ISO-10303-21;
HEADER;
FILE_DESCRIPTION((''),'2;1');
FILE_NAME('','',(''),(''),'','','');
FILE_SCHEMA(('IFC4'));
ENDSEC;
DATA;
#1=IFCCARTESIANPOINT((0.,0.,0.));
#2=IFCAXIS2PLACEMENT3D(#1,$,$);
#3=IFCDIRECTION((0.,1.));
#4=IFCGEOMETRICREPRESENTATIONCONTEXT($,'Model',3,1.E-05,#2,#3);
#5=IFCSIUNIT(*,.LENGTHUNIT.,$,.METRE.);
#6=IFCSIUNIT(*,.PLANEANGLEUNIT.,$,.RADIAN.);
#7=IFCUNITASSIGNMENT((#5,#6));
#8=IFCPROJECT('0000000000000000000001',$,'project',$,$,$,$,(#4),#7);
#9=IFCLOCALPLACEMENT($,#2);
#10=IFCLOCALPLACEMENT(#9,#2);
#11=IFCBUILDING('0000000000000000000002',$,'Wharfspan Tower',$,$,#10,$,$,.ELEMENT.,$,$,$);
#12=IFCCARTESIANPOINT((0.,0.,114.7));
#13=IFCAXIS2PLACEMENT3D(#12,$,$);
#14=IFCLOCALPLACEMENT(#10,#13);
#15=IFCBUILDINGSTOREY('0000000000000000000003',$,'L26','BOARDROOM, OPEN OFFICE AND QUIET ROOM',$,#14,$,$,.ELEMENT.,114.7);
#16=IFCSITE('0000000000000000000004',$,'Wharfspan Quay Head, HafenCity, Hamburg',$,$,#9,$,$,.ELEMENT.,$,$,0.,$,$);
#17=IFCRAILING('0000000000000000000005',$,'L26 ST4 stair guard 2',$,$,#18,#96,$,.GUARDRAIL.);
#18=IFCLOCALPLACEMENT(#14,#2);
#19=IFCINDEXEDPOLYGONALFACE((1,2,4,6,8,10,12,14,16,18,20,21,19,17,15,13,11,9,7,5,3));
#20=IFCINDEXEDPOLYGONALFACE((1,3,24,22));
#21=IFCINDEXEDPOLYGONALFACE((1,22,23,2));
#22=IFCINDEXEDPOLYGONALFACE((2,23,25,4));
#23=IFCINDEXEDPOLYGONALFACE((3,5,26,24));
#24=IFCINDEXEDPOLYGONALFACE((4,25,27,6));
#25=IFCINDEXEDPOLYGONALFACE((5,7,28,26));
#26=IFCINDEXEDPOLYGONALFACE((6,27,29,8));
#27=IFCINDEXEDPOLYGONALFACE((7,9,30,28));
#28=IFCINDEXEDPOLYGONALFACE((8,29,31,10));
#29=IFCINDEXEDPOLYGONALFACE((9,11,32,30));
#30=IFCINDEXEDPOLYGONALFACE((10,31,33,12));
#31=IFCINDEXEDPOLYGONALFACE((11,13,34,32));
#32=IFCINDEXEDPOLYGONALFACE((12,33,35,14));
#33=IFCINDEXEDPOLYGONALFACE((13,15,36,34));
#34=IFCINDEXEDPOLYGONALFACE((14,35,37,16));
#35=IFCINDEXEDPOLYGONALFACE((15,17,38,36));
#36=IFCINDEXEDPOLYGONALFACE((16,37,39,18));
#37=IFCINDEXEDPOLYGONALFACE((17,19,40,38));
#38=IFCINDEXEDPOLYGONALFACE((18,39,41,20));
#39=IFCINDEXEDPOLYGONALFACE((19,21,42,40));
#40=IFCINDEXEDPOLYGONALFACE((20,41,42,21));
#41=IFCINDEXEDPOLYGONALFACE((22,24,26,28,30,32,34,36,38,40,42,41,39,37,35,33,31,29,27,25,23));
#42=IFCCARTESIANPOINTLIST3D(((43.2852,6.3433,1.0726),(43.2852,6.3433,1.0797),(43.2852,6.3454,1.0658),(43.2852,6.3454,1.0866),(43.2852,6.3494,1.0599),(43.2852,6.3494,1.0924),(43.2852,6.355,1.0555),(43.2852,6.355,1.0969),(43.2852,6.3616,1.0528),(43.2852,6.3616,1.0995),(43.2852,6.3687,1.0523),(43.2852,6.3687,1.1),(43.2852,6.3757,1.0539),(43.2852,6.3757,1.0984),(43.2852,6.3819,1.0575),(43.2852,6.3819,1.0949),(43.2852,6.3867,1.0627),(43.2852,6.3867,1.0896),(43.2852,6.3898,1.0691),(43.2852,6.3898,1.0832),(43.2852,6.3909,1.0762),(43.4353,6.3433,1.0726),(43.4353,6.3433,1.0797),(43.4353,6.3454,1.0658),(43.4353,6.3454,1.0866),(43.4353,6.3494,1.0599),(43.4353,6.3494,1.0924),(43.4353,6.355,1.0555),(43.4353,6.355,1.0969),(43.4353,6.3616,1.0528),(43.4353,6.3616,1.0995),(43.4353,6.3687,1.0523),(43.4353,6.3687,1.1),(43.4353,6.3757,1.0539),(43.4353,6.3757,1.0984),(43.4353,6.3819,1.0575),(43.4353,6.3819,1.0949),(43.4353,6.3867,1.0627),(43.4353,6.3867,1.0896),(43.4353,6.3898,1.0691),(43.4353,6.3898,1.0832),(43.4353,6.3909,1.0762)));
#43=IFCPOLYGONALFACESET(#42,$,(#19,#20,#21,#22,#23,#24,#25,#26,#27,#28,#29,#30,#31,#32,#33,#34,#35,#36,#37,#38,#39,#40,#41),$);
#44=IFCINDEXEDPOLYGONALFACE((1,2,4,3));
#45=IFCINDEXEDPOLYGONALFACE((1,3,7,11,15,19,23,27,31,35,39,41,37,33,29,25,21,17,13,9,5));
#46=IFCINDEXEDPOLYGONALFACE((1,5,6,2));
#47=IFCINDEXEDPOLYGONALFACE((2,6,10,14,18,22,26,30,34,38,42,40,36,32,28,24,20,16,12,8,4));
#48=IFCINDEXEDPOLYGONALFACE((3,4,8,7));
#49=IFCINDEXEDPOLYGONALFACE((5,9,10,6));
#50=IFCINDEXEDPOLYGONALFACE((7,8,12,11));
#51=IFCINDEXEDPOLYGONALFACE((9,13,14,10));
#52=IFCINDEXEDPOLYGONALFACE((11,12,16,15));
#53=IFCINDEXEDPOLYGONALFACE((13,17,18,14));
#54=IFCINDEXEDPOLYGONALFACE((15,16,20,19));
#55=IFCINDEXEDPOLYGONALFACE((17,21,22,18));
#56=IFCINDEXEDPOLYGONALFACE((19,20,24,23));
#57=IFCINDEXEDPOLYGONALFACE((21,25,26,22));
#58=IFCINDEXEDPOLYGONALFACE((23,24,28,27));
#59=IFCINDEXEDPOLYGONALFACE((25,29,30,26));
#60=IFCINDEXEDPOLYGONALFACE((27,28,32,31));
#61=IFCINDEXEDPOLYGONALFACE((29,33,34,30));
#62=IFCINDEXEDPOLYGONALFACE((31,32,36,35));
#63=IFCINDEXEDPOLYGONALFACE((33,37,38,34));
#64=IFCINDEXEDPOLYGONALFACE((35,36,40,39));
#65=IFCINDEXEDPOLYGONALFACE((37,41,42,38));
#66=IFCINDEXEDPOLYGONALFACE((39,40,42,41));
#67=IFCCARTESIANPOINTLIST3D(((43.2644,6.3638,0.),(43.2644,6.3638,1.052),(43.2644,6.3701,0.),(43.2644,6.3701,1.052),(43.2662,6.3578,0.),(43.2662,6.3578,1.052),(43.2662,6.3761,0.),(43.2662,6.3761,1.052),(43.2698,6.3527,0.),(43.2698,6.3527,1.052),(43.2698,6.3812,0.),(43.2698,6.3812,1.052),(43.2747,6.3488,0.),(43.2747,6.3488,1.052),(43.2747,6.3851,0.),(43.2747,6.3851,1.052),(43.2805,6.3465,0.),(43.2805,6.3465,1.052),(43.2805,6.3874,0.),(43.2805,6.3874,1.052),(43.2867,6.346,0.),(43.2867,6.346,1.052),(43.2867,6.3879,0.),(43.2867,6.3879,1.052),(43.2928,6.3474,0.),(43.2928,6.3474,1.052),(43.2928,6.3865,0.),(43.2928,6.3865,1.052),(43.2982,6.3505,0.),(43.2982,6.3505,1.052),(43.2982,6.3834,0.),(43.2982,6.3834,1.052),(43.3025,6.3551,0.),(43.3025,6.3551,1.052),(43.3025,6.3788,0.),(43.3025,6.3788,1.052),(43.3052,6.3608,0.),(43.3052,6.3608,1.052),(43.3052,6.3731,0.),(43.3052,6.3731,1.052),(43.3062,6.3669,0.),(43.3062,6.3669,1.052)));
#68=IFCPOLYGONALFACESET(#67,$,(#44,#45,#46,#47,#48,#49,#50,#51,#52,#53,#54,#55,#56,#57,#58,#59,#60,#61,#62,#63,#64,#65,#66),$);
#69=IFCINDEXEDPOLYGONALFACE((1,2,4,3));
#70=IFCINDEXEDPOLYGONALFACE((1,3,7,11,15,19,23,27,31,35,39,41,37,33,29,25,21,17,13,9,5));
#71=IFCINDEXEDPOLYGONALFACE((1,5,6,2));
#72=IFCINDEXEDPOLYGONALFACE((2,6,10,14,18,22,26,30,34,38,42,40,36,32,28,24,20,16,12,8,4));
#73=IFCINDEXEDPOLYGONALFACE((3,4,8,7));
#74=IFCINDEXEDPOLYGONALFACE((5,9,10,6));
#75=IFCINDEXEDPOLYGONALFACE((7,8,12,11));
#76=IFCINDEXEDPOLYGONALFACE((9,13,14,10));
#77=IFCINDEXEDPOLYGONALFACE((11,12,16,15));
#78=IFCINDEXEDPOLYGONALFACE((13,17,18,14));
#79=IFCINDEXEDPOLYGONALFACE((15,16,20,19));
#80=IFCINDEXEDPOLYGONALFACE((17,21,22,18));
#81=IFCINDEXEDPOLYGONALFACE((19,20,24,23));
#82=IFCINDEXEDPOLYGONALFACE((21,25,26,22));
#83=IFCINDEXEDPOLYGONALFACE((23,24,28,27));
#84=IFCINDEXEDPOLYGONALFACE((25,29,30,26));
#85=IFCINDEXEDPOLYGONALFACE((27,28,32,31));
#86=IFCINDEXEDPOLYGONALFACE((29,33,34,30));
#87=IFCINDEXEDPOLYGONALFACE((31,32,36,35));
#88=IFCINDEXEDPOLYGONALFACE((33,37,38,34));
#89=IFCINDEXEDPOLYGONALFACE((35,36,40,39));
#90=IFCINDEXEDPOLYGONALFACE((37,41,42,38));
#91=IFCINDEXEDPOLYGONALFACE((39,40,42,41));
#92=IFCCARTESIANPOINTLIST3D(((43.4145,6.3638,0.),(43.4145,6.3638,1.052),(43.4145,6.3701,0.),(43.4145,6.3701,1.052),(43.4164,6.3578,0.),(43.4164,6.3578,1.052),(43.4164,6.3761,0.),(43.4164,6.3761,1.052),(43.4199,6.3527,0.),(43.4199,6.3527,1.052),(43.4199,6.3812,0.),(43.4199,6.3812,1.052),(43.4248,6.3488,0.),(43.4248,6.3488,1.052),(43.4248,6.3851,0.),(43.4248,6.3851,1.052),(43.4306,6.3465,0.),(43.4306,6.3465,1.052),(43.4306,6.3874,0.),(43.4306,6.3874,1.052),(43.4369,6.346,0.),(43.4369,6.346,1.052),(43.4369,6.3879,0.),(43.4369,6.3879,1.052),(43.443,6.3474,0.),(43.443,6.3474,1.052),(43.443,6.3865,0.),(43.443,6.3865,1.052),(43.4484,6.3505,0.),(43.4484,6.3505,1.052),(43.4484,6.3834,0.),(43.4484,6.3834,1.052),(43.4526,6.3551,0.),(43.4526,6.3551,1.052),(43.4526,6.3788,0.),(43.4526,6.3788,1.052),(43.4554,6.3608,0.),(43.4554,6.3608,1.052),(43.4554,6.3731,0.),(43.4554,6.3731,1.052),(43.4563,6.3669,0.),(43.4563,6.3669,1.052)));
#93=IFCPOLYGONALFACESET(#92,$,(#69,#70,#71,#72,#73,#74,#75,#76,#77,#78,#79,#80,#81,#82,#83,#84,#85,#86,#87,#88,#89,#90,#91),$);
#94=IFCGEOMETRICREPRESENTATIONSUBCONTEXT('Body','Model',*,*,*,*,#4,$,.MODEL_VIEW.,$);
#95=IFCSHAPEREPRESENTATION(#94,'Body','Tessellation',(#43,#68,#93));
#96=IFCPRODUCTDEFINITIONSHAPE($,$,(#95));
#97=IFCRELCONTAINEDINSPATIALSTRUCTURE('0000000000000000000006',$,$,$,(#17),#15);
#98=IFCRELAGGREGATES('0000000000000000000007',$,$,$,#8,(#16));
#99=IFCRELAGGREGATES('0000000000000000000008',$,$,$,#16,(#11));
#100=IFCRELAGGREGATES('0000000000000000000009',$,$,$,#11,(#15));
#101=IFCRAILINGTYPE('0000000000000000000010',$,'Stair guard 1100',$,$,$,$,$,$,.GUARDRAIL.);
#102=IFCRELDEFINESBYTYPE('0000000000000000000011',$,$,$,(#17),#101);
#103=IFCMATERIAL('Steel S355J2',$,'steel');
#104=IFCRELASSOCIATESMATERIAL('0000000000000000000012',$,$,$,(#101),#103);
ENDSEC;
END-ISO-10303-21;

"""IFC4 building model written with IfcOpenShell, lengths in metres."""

from ifc_helpers import new_model, si_unit, direction, frame, origin, origin_2d, place, context, subcontext, project, spatial, circle, extrude, material, type_object, element, save


model = new_model("IFC4")

# Units and contexts
model_context = context("Model", 3, precision=1e-05, world=origin(), true_north=direction((0.0, 1.0)))
body_context = subcontext(model_context, "Body", "Model", "MODEL_VIEW")
ifc_project = project(units=[si_unit("LENGTHUNIT", "METRE"), si_unit("PLANEANGLEUNIT", "RADIAN")], contexts=[model_context])

# Site, building, storey
site_placement = place(None, origin())
site = spatial("IfcSite", under=ifc_project, at=site_placement, Name="Wharfspan Quay Head, HafenCity, Hamburg", CompositionType="ELEMENT", RefElevation=0.0)
building_placement = place(site_placement, origin())
building = spatial("IfcBuilding", under=site, at=building_placement, Name="Wharfspan Tower", CompositionType="ELEMENT")
storey_placement = place(building_placement, frame((0.0, 0.0, 114.7)))
storey = spatial("IfcBuildingStorey", under=building, at=storey_placement, Name="L26", Description="BOARDROOM, OPEN OFFICE AND QUIET ROOM", CompositionType="ELEMENT", Elevation=114.7)

# Shared definitions
ifc_material_1 = material(Name="Steel S355J2", Category="steel")

# Railing
railing_type_1 = type_object("IfcRailingType", Name="Stair guard 1100", PredefinedType="GUARDRAIL", material=ifc_material_1)
railing_1_placement = place(storey_placement, frame((43.2852, 6.3669, 0.0)))
element("IfcRailing", 1, at=railing_1_placement, inside=storey, type_object=railing_type_1, Name="L26 ST4 stair guard 2", PredefinedType="GUARDRAIL", context=body_context, shape_type="SweptSolid", body=[
    extrude(circle(Radius=0.0239, at=origin_2d()), frame((0.0, 0.0, 1.0762), z_axis=(1.0, 0.0, 0.0), x_axis=(0.0, 1.0, 0.0)), (0.0, 0.0, 1.0), 0.1501),
    extrude(circle(Radius=0.021, at=origin_2d()), origin(), (0.0, 0.0, 1.0), 1.052),
    extrude(circle(Radius=0.021, at=origin_2d()), frame((0.1501, 0.0, 0.0)), (0.0, 0.0, 1.0), 1.052),
])

save(model, "model.ifc")
